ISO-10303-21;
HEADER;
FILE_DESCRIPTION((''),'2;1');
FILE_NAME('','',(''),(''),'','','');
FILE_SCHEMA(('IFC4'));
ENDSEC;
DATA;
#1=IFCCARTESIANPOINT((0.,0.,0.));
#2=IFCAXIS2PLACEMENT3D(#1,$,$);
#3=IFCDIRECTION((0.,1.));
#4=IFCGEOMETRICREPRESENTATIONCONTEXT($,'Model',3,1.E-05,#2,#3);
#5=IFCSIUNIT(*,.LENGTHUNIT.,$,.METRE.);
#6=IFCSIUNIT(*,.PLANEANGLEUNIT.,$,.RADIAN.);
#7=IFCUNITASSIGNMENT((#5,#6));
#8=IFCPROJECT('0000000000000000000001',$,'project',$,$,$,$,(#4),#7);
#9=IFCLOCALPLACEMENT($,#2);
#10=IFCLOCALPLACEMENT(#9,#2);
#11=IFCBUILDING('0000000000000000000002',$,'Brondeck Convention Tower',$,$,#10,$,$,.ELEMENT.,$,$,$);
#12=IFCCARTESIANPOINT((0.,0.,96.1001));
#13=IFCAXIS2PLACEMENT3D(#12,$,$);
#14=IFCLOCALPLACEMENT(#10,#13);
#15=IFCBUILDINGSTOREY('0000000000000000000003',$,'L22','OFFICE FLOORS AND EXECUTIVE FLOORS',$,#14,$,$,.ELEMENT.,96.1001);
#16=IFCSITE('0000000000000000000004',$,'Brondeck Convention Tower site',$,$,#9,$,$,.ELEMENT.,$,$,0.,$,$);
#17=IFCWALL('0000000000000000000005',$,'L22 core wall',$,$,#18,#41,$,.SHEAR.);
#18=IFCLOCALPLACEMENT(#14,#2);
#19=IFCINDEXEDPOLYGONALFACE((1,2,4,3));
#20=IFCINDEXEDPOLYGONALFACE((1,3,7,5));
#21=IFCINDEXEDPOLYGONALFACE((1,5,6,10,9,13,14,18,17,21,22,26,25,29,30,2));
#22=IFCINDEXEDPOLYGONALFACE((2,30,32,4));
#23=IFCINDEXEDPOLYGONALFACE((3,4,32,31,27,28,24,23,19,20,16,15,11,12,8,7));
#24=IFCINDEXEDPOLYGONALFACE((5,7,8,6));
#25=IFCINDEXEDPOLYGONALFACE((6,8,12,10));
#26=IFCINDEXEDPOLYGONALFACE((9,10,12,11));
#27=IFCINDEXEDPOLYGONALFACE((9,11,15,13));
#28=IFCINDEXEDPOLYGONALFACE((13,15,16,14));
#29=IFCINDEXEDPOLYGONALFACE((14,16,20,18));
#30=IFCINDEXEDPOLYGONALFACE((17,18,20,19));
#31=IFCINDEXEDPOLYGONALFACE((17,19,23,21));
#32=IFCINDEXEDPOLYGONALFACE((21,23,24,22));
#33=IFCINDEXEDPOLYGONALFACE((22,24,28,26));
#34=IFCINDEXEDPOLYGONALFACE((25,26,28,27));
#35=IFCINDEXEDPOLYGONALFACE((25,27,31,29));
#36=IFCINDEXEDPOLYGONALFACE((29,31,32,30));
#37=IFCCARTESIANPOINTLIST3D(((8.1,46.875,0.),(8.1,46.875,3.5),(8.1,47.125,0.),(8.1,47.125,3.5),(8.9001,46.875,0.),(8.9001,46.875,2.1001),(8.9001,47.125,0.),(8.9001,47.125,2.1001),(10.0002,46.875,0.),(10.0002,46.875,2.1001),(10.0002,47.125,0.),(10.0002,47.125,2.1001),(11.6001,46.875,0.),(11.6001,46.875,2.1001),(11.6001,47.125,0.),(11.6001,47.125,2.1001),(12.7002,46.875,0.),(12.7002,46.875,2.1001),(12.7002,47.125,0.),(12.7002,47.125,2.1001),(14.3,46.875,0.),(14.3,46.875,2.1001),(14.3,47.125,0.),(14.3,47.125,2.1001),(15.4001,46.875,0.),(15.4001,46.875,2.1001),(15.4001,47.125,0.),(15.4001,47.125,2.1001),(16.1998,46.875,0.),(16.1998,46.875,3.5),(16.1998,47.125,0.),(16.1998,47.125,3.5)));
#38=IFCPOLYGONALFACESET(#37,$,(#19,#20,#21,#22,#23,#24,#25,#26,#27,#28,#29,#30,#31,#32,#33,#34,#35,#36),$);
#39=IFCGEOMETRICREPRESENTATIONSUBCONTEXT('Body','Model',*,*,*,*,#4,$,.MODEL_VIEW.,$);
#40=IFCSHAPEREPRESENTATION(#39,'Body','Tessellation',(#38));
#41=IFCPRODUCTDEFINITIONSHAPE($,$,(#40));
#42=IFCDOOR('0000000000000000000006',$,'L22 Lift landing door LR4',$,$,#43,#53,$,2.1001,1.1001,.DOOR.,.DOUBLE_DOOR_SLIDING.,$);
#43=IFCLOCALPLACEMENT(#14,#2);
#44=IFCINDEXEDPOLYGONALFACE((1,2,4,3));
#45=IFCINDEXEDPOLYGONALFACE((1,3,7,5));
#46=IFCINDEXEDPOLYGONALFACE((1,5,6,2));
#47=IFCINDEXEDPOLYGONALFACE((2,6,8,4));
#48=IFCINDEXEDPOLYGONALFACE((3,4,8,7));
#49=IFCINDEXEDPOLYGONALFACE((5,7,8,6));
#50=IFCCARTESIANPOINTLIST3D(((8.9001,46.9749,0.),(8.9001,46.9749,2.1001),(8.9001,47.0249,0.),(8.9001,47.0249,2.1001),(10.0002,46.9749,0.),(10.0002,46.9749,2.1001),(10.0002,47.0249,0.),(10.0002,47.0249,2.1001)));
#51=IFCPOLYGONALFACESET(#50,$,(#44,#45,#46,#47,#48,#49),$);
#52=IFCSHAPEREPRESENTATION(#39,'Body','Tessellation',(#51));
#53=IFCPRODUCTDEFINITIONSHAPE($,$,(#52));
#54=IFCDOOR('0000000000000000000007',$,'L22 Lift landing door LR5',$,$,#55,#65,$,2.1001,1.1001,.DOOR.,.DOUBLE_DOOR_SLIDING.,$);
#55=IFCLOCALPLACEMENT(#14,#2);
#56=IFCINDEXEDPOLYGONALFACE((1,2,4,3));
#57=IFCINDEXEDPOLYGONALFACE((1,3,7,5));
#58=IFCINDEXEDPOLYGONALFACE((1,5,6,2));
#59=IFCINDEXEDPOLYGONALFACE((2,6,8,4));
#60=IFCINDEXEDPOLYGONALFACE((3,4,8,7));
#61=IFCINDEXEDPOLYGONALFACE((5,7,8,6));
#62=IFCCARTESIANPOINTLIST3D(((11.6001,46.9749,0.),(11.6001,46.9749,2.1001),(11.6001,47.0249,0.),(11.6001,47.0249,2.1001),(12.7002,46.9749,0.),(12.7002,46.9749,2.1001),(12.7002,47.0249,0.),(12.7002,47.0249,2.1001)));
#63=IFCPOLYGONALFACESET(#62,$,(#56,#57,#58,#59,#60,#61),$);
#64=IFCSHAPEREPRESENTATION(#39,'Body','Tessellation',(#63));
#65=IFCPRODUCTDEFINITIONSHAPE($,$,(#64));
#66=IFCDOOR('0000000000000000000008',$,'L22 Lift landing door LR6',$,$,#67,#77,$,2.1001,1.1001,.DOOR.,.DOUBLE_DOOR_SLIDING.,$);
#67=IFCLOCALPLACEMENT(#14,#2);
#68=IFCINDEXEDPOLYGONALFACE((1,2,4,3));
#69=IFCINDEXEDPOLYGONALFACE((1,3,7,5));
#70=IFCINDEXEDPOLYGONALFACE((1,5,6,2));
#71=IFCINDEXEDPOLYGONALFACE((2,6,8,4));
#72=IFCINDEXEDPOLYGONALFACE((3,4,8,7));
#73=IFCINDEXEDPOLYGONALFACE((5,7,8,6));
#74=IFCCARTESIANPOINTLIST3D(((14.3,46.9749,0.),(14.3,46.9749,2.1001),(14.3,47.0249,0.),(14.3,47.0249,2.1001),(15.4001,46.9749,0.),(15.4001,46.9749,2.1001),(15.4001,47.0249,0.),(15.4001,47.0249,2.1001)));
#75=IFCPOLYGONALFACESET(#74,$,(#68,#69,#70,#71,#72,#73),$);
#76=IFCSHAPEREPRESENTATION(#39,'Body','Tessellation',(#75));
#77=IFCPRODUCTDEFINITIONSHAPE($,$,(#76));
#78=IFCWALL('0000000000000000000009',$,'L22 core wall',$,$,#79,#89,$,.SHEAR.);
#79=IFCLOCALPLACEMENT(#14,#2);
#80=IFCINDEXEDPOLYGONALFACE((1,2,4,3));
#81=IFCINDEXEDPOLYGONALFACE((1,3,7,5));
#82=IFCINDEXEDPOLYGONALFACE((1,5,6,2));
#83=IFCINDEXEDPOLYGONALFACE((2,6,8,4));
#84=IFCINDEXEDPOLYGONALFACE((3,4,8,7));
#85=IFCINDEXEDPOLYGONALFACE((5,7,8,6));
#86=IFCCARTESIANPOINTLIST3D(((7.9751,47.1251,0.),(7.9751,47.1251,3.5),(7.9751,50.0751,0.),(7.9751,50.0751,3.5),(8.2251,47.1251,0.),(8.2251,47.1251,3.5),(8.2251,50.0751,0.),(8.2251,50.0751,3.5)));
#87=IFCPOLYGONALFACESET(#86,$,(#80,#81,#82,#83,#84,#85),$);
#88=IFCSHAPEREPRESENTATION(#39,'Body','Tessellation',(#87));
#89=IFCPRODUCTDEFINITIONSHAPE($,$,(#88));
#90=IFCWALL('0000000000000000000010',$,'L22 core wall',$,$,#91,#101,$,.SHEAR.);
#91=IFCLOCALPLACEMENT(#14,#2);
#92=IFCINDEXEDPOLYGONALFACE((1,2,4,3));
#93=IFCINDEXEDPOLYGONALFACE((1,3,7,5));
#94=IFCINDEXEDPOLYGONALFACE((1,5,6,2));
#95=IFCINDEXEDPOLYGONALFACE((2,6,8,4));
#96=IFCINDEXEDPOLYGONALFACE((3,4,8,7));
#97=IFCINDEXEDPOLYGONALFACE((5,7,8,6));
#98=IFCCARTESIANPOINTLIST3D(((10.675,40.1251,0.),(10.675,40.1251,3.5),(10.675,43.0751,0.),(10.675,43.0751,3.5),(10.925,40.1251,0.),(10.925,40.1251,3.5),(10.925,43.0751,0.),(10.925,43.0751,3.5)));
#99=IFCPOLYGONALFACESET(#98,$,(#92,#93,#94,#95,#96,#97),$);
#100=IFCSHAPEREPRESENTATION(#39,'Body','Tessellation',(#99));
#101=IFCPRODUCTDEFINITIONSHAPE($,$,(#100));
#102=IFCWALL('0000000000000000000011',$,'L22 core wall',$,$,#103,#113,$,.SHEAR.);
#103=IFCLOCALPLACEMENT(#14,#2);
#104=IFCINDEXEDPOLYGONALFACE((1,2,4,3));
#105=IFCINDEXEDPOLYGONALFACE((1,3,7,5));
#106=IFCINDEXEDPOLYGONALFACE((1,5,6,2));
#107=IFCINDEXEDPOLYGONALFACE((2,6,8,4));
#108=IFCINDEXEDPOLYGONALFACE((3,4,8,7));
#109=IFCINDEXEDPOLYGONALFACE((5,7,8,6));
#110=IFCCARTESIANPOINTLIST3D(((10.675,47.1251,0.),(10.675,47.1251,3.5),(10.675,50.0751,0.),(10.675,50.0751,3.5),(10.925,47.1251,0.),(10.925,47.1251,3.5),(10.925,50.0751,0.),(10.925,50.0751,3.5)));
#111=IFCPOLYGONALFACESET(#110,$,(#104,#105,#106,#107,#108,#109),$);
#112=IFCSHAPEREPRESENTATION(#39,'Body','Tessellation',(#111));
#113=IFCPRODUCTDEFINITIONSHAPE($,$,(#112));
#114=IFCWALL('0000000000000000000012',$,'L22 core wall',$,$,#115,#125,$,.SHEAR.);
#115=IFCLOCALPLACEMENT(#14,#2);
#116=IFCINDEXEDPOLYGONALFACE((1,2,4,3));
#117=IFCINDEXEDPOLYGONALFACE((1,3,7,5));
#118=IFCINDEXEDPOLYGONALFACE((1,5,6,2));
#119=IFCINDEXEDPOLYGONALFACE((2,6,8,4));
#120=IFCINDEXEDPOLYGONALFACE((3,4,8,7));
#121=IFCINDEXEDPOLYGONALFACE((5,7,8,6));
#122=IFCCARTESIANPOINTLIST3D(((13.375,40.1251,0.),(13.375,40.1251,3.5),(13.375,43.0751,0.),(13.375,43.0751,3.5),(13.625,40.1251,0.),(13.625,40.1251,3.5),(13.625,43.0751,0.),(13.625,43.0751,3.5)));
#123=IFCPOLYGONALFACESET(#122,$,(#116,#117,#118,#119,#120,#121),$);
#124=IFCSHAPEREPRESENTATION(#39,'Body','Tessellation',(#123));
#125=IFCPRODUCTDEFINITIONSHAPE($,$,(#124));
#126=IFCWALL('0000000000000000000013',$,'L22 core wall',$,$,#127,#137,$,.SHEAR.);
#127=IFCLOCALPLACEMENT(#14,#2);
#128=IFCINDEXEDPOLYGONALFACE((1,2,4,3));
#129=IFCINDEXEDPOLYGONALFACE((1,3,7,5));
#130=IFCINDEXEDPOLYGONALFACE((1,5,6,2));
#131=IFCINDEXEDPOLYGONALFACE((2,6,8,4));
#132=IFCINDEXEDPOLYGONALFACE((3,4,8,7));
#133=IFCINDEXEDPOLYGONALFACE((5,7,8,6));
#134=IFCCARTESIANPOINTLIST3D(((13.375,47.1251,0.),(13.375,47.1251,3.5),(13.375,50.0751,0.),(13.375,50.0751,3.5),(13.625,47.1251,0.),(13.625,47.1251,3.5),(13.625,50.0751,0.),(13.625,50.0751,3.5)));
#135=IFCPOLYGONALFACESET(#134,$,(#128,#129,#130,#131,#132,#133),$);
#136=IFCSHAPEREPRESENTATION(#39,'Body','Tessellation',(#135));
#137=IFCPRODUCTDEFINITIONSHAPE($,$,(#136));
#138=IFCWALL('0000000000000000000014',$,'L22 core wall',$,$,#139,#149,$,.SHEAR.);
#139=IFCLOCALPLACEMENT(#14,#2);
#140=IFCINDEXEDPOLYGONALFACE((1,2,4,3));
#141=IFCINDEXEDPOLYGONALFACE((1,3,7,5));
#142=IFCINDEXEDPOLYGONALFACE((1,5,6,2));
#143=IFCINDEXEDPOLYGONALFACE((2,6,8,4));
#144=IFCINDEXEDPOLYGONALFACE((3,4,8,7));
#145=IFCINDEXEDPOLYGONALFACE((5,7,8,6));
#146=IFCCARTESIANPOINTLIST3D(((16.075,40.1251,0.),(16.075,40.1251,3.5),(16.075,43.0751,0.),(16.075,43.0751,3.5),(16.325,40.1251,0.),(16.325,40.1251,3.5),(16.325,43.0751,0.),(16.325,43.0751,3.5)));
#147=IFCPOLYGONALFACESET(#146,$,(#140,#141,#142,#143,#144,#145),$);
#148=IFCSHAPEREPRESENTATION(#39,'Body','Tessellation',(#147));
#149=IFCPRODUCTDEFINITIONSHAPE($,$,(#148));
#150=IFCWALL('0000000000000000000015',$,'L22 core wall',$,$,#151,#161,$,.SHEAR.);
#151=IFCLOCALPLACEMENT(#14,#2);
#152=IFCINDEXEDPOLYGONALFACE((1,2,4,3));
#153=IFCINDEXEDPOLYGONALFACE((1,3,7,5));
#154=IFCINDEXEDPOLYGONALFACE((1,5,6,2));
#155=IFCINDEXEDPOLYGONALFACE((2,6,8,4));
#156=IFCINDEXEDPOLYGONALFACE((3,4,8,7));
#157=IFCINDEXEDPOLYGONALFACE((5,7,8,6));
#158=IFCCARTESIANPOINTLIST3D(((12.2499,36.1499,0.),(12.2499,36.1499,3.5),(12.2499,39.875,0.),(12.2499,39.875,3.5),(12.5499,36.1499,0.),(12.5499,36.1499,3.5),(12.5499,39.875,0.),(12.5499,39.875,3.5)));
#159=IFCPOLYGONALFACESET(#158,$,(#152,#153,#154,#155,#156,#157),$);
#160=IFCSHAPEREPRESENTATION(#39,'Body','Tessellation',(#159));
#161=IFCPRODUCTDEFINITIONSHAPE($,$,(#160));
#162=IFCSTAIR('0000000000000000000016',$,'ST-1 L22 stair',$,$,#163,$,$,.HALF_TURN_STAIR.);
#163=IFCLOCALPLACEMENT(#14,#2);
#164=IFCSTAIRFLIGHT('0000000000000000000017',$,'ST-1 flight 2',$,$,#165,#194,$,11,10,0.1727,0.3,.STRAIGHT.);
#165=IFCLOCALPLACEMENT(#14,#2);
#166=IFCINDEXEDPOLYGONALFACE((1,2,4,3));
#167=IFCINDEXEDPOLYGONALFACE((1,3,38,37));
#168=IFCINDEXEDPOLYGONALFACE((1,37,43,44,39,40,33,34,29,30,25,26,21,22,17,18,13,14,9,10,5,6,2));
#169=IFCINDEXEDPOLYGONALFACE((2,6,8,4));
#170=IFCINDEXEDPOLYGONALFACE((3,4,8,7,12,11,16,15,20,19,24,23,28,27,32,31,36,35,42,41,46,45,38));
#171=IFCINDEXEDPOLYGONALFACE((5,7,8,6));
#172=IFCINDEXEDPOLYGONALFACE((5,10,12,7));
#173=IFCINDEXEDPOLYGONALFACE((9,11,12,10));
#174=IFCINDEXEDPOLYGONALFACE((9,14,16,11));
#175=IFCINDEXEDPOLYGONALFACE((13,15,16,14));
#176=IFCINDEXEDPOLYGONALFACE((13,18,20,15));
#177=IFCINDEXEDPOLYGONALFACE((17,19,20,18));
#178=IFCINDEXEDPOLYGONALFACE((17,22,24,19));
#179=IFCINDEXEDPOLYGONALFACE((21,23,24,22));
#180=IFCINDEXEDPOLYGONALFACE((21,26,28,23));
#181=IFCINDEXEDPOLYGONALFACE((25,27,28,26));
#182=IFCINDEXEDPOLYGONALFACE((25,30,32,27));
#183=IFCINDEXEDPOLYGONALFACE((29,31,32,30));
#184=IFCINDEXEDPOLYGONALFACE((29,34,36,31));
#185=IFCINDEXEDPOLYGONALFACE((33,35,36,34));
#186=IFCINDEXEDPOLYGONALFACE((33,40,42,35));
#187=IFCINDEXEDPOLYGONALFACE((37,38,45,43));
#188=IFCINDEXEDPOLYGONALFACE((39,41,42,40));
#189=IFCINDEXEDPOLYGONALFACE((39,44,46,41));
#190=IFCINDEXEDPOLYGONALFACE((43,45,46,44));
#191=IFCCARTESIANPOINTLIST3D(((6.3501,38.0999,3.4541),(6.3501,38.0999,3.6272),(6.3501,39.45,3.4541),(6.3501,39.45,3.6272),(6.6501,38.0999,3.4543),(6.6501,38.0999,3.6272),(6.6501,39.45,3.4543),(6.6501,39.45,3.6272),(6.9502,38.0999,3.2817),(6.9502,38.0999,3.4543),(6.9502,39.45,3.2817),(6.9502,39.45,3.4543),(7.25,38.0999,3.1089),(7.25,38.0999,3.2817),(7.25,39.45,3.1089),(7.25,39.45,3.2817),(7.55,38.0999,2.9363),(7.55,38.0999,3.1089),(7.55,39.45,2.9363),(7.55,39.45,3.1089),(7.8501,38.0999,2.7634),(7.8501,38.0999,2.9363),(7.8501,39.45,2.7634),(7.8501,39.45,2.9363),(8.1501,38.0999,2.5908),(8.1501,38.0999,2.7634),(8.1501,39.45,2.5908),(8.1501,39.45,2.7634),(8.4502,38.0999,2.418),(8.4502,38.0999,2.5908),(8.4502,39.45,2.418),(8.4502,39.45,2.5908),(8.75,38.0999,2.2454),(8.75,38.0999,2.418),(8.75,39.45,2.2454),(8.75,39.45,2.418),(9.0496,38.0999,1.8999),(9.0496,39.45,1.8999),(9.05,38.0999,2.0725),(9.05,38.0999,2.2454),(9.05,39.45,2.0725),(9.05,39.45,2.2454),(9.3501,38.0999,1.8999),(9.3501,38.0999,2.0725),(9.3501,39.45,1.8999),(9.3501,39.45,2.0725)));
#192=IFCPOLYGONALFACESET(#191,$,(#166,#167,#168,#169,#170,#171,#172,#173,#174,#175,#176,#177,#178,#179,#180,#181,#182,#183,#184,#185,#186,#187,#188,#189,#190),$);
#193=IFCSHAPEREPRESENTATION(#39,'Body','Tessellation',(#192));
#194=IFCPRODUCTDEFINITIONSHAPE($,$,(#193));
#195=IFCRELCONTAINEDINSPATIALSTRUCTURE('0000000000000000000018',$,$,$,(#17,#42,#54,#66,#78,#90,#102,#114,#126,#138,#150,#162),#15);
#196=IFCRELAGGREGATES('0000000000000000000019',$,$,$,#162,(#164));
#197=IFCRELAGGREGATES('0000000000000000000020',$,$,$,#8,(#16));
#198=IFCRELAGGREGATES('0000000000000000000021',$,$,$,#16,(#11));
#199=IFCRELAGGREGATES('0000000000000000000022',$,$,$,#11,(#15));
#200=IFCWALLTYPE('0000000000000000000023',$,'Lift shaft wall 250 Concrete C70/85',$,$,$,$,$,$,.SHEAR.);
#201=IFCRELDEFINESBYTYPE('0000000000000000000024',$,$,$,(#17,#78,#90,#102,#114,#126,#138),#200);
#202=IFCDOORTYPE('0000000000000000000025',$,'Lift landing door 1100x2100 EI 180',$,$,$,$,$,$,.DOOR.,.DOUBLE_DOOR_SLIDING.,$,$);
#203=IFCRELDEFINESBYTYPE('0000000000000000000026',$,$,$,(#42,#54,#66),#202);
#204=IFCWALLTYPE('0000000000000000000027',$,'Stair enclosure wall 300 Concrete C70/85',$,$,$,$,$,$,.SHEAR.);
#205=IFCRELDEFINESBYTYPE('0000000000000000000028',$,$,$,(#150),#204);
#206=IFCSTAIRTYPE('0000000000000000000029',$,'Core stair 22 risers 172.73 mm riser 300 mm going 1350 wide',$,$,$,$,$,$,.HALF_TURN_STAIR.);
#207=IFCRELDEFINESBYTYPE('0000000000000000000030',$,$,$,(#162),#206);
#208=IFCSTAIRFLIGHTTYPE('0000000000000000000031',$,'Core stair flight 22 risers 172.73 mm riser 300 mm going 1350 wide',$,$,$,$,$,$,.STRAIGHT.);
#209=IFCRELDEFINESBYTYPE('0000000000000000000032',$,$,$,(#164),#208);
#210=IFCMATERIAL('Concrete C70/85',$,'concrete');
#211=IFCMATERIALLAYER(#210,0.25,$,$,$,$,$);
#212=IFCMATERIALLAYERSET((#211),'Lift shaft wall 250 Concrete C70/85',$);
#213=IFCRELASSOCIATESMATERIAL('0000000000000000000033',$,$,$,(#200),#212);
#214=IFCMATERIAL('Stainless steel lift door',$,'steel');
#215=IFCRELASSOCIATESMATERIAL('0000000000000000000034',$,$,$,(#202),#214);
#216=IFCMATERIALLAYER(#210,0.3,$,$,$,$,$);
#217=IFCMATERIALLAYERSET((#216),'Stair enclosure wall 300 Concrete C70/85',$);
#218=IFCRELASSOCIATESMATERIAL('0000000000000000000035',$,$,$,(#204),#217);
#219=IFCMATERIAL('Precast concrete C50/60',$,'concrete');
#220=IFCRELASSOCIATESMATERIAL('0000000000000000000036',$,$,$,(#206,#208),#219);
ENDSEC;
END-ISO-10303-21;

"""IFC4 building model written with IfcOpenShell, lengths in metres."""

from ifc_helpers import new_model, si_unit, direction, frame, frame_2d, origin, place, context, subcontext, project, spatial, polyline, rectangle, outline, extrude, material, layer, layer_set, type_object, element, fill, aggregate, save


model = new_model("IFC4")

# Units and contexts
model_context = context("Model", 3, precision=1e-05, world=origin(), true_north=direction((0.0, 1.0)))
body_context = subcontext(model_context, "Body", "Model", "MODEL_VIEW")
ifc_project = project(units=[si_unit("LENGTHUNIT", "METRE"), si_unit("PLANEANGLEUNIT", "RADIAN")], contexts=[model_context])

# Site, building, storey
site_placement = place(None, origin())
site = spatial("IfcSite", under=ifc_project, at=site_placement, Name="Brondeck Convention Tower site", CompositionType="ELEMENT", RefElevation=0.0)
building_placement = place(site_placement, origin())
building = spatial("IfcBuilding", under=site, at=building_placement, Name="Brondeck Convention Tower", CompositionType="ELEMENT")
storey_placement = place(building_placement, frame((0.0, 0.0, 96.1001)))
storey = spatial("IfcBuildingStorey", under=building, at=storey_placement, Name="L22", Description="OFFICE FLOORS AND EXECUTIVE FLOORS", CompositionType="ELEMENT", Elevation=96.1001)

# Shared definitions
ifc_material_1 = material(Name="Concrete C70/85", Category="concrete")

# Wall, openings, doors
ifc_layer_1 = layer(ifc_material_1, 0.25)
ifc_layer_set_1 = layer_set([ifc_layer_1], Name="Lift shaft wall 250 Concrete C70/85")
wall_type_1 = type_object("IfcWallType", Name="Lift shaft wall 250 Concrete C70/85", PredefinedType="SHEAR", material=ifc_layer_set_1)
wall_1_placement = place(storey_placement, frame((8.1001, 47.0, 0.0), z_axis=(0.0, 0.0, 1.0), x_axis=(1.0, 0.0, 0.0)))
wall_1 = element("IfcWall", 1, at=wall_1_placement, inside=storey, type_object=wall_type_1, Name="L22 core wall", PredefinedType="SHEAR", context=body_context, shape_type="SweptSolid", body=[
    extrude(rectangle(XDim=8.0999, YDim=0.25, at=frame_2d((4.0498, 0.0))), origin(), (0.0, 0.0, 1.0), 3.5),
])
opening_1_placement = place(wall_1_placement, frame((0.8, 0.0, 0.0)))
opening_1 = element("IfcOpeningElement", 2, at=opening_1_placement, cuts=wall_1, PredefinedType="OPENING", context=body_context, shape_type="SweptSolid", body=[
    extrude(rectangle(XDim=1.1001, YDim=2.1001, at=frame_2d((0.55, 1.05))), frame((0.0, 0.135, 0.0), z_axis=(0.0, -1.0, 0.0), x_axis=(1.0, 0.0, 0.0)), (0.0, 0.0, 1.0), 0.27),
])
opening_2_placement = place(wall_1_placement, frame((3.5, 0.0, 0.0)))
opening_2 = element("IfcOpeningElement", 3, at=opening_2_placement, cuts=wall_1, PredefinedType="OPENING", context=body_context, shape_type="SweptSolid", body=[
    extrude(rectangle(XDim=1.1001, YDim=2.1001, at=frame_2d((0.55, 1.05))), frame((0.0, 0.135, 0.0), z_axis=(0.0, -1.0, 0.0), x_axis=(1.0, 0.0, 0.0)), (0.0, 0.0, 1.0), 0.27),
])
opening_3_placement = place(wall_1_placement, frame((6.2, 0.0, 0.0)))
opening_3 = element("IfcOpeningElement", 4, at=opening_3_placement, cuts=wall_1, PredefinedType="OPENING", context=body_context, shape_type="SweptSolid", body=[
    extrude(rectangle(XDim=1.1001, YDim=2.1001, at=frame_2d((0.55, 1.05))), frame((0.0, 0.135, 0.0), z_axis=(0.0, -1.0, 0.0), x_axis=(1.0, 0.0, 0.0)), (0.0, 0.0, 1.0), 0.27),
])
ifc_material_2 = material(Name="Stainless steel lift door", Category="steel")
door_type_1 = type_object("IfcDoorType", Name="Lift landing door 1100x2100 EI 180", OperationType="DOUBLE_DOOR_SLIDING", PredefinedType="DOOR", material=ifc_material_2)
door_1_placement = place(opening_1_placement, origin())
door_1 = element("IfcDoor", 5, at=door_1_placement, inside=storey, type_object=door_type_1, Name="L22 Lift landing door LR4", OperationType="DOUBLE_DOOR_SLIDING", OverallHeight=2.1001, OverallWidth=1.1001, PredefinedType="DOOR", context=body_context, shape_type="SweptSolid", body=[
    extrude(rectangle(XDim=1.1001, YDim=2.1001, at=frame_2d((0.55, 1.05))), frame((0.0, 0.0249, 0.0), z_axis=(0.0, -1.0, 0.0), x_axis=(1.0, 0.0, 0.0)), (0.0, 0.0, 1.0), 0.05),
])
fill(opening_1, door_1)
door_2_placement = place(opening_2_placement, origin())
door_2 = element("IfcDoor", 6, at=door_2_placement, inside=storey, type_object=door_type_1, Name="L22 Lift landing door LR5", OperationType="DOUBLE_DOOR_SLIDING", OverallHeight=2.1001, OverallWidth=1.1001, PredefinedType="DOOR", context=body_context, shape_type="SweptSolid", body=[
    extrude(rectangle(XDim=1.1001, YDim=2.1001, at=frame_2d((0.55, 1.05))), frame((0.0, 0.0249, 0.0), z_axis=(0.0, -1.0, 0.0), x_axis=(1.0, 0.0, 0.0)), (0.0, 0.0, 1.0), 0.05),
])
fill(opening_2, door_2)
door_3_placement = place(opening_3_placement, origin())
door_3 = element("IfcDoor", 7, at=door_3_placement, inside=storey, type_object=door_type_1, Name="L22 Lift landing door LR6", OperationType="DOUBLE_DOOR_SLIDING", OverallHeight=2.1001, OverallWidth=1.1001, PredefinedType="DOOR", context=body_context, shape_type="SweptSolid", body=[
    extrude(rectangle(XDim=1.1001, YDim=2.1001, at=frame_2d((0.55, 1.05))), frame((0.0, 0.0249, 0.0), z_axis=(0.0, -1.0, 0.0), x_axis=(1.0, 0.0, 0.0)), (0.0, 0.0, 1.0), 0.05),
])
fill(opening_3, door_3)

# Walls
for number, where, z_axis, x_axis, name in (
    (8, (8.1001, 47.125, 0.0), (0.0, 0.0, 1.0), (0.0, 1.0, 0.0), "L22 core wall"),
    (9, (10.8, 40.125, 0.0), (0.0, 0.0, 1.0), (0.0, 1.0, 0.0), "L22 core wall"),
    (10, (10.8, 47.125, 0.0), (0.0, 0.0, 1.0), (0.0, 1.0, 0.0), "L22 core wall"),
    (11, (13.5, 40.125, 0.0), (0.0, 0.0, 1.0), (0.0, 1.0, 0.0), "L22 core wall"),
    (12, (13.5, 47.125, 0.0), (0.0, 0.0, 1.0), (0.0, 1.0, 0.0), "L22 core wall"),
    (13, (16.2, 40.125, 0.0), (0.0, 0.0, 1.0), (0.0, 1.0, 0.0), "L22 core wall"),
):
    element("IfcWall", number, at=place(storey_placement, frame(where, z_axis=z_axis, x_axis=x_axis)), inside=storey, type_object=wall_type_1, Name=name, PredefinedType="SHEAR", context=body_context, shape_type="SweptSolid", body=[
        extrude(rectangle(XDim=2.95, YDim=0.25, at=frame_2d((1.4751, 0.0))), origin(), (0.0, 0.0, 1.0), 3.5),
    ])
ifc_layer_2 = layer(ifc_material_1, 0.3)
ifc_layer_set_2 = layer_set([ifc_layer_2], Name="Stair enclosure wall 300 Concrete C70/85")
wall_type_2 = type_object("IfcWallType", Name="Stair enclosure wall 300 Concrete C70/85", PredefinedType="SHEAR", material=ifc_layer_set_2)
wall_2_placement = place(storey_placement, frame((12.3999, 36.1499, 0.0), z_axis=(0.0, 0.0, 1.0), x_axis=(0.0, 1.0, 0.0)))
element("IfcWall", 14, at=wall_2_placement, inside=storey, type_object=wall_type_2, Name="L22 core wall", PredefinedType="SHEAR", context=body_context, shape_type="SweptSolid", body=[
    extrude(rectangle(XDim=3.7251, YDim=0.3, at=frame_2d((1.8625, 0.0))), origin(), (0.0, 0.0, 1.0), 3.5),
])

# Stair, stair flight
ifc_material_3 = material(Name="Precast concrete C50/60", Category="concrete")
stair_type = type_object("IfcStairType", Name="Core stair 22 risers 172.73 mm riser 300 mm going 1350 wide", PredefinedType="HALF_TURN_STAIR", material=ifc_material_3)
stair_placement = place(storey_placement, origin())
stair = element("IfcStair", 15, at=stair_placement, inside=storey, type_object=stair_type, Name="ST-1 L22 stair", PredefinedType="HALF_TURN_STAIR")
stair_flight_type = type_object("IfcStairFlightType", Name="Core stair flight 22 risers 172.73 mm riser 300 mm going 1350 wide", PredefinedType="STRAIGHT", material=ifc_material_3)
stair_flight_placement = place(storey_placement, frame((9.3501, 38.7749, 1.8999), z_axis=(0.0, 0.0, 1.0), x_axis=(-1.0, 0.0, 0.0)))
stair_flight = element("IfcStairFlight", 16, at=stair_flight_placement, type_object=stair_flight_type, Name="ST-1 flight 2", NumberOfRisers=11, NumberOfTreads=10, PredefinedType="STRAIGHT", RiserHeight=0.1727, TreadLength=0.3, context=body_context, shape_type="SweptSolid", body=[
    extrude(outline(polyline([(0.0, 0.0), (0.0, 0.1726), (0.3, 0.1726), (0.3, 0.3455), (0.6001, 0.3455), (0.6001, 0.5181), (0.8999, 0.5181), (0.8999, 0.6909), (1.2, 0.6909), (1.2, 0.8635), (1.5, 0.8635), (1.5, 1.0364), (1.8, 1.0364), (1.8, 1.209), (2.1001, 1.209), (2.1001, 1.3818), (2.3999, 1.3818), (2.3999, 1.5544), (2.7, 1.5544), (2.7, 1.7273), (3.0, 1.7273), (3.0, 1.8999), (3.0, 1.5542), (0.3005, 0.0), (0.0, 0.0)])), frame((0.0, 0.675, 0.0), z_axis=(0.0, -1.0, 0.0), x_axis=(1.0, 0.0, 0.0)), (0.0, 0.0, 1.0), 1.3501),
])
aggregate(stair, [stair_flight])

save(model, "model.ifc")
